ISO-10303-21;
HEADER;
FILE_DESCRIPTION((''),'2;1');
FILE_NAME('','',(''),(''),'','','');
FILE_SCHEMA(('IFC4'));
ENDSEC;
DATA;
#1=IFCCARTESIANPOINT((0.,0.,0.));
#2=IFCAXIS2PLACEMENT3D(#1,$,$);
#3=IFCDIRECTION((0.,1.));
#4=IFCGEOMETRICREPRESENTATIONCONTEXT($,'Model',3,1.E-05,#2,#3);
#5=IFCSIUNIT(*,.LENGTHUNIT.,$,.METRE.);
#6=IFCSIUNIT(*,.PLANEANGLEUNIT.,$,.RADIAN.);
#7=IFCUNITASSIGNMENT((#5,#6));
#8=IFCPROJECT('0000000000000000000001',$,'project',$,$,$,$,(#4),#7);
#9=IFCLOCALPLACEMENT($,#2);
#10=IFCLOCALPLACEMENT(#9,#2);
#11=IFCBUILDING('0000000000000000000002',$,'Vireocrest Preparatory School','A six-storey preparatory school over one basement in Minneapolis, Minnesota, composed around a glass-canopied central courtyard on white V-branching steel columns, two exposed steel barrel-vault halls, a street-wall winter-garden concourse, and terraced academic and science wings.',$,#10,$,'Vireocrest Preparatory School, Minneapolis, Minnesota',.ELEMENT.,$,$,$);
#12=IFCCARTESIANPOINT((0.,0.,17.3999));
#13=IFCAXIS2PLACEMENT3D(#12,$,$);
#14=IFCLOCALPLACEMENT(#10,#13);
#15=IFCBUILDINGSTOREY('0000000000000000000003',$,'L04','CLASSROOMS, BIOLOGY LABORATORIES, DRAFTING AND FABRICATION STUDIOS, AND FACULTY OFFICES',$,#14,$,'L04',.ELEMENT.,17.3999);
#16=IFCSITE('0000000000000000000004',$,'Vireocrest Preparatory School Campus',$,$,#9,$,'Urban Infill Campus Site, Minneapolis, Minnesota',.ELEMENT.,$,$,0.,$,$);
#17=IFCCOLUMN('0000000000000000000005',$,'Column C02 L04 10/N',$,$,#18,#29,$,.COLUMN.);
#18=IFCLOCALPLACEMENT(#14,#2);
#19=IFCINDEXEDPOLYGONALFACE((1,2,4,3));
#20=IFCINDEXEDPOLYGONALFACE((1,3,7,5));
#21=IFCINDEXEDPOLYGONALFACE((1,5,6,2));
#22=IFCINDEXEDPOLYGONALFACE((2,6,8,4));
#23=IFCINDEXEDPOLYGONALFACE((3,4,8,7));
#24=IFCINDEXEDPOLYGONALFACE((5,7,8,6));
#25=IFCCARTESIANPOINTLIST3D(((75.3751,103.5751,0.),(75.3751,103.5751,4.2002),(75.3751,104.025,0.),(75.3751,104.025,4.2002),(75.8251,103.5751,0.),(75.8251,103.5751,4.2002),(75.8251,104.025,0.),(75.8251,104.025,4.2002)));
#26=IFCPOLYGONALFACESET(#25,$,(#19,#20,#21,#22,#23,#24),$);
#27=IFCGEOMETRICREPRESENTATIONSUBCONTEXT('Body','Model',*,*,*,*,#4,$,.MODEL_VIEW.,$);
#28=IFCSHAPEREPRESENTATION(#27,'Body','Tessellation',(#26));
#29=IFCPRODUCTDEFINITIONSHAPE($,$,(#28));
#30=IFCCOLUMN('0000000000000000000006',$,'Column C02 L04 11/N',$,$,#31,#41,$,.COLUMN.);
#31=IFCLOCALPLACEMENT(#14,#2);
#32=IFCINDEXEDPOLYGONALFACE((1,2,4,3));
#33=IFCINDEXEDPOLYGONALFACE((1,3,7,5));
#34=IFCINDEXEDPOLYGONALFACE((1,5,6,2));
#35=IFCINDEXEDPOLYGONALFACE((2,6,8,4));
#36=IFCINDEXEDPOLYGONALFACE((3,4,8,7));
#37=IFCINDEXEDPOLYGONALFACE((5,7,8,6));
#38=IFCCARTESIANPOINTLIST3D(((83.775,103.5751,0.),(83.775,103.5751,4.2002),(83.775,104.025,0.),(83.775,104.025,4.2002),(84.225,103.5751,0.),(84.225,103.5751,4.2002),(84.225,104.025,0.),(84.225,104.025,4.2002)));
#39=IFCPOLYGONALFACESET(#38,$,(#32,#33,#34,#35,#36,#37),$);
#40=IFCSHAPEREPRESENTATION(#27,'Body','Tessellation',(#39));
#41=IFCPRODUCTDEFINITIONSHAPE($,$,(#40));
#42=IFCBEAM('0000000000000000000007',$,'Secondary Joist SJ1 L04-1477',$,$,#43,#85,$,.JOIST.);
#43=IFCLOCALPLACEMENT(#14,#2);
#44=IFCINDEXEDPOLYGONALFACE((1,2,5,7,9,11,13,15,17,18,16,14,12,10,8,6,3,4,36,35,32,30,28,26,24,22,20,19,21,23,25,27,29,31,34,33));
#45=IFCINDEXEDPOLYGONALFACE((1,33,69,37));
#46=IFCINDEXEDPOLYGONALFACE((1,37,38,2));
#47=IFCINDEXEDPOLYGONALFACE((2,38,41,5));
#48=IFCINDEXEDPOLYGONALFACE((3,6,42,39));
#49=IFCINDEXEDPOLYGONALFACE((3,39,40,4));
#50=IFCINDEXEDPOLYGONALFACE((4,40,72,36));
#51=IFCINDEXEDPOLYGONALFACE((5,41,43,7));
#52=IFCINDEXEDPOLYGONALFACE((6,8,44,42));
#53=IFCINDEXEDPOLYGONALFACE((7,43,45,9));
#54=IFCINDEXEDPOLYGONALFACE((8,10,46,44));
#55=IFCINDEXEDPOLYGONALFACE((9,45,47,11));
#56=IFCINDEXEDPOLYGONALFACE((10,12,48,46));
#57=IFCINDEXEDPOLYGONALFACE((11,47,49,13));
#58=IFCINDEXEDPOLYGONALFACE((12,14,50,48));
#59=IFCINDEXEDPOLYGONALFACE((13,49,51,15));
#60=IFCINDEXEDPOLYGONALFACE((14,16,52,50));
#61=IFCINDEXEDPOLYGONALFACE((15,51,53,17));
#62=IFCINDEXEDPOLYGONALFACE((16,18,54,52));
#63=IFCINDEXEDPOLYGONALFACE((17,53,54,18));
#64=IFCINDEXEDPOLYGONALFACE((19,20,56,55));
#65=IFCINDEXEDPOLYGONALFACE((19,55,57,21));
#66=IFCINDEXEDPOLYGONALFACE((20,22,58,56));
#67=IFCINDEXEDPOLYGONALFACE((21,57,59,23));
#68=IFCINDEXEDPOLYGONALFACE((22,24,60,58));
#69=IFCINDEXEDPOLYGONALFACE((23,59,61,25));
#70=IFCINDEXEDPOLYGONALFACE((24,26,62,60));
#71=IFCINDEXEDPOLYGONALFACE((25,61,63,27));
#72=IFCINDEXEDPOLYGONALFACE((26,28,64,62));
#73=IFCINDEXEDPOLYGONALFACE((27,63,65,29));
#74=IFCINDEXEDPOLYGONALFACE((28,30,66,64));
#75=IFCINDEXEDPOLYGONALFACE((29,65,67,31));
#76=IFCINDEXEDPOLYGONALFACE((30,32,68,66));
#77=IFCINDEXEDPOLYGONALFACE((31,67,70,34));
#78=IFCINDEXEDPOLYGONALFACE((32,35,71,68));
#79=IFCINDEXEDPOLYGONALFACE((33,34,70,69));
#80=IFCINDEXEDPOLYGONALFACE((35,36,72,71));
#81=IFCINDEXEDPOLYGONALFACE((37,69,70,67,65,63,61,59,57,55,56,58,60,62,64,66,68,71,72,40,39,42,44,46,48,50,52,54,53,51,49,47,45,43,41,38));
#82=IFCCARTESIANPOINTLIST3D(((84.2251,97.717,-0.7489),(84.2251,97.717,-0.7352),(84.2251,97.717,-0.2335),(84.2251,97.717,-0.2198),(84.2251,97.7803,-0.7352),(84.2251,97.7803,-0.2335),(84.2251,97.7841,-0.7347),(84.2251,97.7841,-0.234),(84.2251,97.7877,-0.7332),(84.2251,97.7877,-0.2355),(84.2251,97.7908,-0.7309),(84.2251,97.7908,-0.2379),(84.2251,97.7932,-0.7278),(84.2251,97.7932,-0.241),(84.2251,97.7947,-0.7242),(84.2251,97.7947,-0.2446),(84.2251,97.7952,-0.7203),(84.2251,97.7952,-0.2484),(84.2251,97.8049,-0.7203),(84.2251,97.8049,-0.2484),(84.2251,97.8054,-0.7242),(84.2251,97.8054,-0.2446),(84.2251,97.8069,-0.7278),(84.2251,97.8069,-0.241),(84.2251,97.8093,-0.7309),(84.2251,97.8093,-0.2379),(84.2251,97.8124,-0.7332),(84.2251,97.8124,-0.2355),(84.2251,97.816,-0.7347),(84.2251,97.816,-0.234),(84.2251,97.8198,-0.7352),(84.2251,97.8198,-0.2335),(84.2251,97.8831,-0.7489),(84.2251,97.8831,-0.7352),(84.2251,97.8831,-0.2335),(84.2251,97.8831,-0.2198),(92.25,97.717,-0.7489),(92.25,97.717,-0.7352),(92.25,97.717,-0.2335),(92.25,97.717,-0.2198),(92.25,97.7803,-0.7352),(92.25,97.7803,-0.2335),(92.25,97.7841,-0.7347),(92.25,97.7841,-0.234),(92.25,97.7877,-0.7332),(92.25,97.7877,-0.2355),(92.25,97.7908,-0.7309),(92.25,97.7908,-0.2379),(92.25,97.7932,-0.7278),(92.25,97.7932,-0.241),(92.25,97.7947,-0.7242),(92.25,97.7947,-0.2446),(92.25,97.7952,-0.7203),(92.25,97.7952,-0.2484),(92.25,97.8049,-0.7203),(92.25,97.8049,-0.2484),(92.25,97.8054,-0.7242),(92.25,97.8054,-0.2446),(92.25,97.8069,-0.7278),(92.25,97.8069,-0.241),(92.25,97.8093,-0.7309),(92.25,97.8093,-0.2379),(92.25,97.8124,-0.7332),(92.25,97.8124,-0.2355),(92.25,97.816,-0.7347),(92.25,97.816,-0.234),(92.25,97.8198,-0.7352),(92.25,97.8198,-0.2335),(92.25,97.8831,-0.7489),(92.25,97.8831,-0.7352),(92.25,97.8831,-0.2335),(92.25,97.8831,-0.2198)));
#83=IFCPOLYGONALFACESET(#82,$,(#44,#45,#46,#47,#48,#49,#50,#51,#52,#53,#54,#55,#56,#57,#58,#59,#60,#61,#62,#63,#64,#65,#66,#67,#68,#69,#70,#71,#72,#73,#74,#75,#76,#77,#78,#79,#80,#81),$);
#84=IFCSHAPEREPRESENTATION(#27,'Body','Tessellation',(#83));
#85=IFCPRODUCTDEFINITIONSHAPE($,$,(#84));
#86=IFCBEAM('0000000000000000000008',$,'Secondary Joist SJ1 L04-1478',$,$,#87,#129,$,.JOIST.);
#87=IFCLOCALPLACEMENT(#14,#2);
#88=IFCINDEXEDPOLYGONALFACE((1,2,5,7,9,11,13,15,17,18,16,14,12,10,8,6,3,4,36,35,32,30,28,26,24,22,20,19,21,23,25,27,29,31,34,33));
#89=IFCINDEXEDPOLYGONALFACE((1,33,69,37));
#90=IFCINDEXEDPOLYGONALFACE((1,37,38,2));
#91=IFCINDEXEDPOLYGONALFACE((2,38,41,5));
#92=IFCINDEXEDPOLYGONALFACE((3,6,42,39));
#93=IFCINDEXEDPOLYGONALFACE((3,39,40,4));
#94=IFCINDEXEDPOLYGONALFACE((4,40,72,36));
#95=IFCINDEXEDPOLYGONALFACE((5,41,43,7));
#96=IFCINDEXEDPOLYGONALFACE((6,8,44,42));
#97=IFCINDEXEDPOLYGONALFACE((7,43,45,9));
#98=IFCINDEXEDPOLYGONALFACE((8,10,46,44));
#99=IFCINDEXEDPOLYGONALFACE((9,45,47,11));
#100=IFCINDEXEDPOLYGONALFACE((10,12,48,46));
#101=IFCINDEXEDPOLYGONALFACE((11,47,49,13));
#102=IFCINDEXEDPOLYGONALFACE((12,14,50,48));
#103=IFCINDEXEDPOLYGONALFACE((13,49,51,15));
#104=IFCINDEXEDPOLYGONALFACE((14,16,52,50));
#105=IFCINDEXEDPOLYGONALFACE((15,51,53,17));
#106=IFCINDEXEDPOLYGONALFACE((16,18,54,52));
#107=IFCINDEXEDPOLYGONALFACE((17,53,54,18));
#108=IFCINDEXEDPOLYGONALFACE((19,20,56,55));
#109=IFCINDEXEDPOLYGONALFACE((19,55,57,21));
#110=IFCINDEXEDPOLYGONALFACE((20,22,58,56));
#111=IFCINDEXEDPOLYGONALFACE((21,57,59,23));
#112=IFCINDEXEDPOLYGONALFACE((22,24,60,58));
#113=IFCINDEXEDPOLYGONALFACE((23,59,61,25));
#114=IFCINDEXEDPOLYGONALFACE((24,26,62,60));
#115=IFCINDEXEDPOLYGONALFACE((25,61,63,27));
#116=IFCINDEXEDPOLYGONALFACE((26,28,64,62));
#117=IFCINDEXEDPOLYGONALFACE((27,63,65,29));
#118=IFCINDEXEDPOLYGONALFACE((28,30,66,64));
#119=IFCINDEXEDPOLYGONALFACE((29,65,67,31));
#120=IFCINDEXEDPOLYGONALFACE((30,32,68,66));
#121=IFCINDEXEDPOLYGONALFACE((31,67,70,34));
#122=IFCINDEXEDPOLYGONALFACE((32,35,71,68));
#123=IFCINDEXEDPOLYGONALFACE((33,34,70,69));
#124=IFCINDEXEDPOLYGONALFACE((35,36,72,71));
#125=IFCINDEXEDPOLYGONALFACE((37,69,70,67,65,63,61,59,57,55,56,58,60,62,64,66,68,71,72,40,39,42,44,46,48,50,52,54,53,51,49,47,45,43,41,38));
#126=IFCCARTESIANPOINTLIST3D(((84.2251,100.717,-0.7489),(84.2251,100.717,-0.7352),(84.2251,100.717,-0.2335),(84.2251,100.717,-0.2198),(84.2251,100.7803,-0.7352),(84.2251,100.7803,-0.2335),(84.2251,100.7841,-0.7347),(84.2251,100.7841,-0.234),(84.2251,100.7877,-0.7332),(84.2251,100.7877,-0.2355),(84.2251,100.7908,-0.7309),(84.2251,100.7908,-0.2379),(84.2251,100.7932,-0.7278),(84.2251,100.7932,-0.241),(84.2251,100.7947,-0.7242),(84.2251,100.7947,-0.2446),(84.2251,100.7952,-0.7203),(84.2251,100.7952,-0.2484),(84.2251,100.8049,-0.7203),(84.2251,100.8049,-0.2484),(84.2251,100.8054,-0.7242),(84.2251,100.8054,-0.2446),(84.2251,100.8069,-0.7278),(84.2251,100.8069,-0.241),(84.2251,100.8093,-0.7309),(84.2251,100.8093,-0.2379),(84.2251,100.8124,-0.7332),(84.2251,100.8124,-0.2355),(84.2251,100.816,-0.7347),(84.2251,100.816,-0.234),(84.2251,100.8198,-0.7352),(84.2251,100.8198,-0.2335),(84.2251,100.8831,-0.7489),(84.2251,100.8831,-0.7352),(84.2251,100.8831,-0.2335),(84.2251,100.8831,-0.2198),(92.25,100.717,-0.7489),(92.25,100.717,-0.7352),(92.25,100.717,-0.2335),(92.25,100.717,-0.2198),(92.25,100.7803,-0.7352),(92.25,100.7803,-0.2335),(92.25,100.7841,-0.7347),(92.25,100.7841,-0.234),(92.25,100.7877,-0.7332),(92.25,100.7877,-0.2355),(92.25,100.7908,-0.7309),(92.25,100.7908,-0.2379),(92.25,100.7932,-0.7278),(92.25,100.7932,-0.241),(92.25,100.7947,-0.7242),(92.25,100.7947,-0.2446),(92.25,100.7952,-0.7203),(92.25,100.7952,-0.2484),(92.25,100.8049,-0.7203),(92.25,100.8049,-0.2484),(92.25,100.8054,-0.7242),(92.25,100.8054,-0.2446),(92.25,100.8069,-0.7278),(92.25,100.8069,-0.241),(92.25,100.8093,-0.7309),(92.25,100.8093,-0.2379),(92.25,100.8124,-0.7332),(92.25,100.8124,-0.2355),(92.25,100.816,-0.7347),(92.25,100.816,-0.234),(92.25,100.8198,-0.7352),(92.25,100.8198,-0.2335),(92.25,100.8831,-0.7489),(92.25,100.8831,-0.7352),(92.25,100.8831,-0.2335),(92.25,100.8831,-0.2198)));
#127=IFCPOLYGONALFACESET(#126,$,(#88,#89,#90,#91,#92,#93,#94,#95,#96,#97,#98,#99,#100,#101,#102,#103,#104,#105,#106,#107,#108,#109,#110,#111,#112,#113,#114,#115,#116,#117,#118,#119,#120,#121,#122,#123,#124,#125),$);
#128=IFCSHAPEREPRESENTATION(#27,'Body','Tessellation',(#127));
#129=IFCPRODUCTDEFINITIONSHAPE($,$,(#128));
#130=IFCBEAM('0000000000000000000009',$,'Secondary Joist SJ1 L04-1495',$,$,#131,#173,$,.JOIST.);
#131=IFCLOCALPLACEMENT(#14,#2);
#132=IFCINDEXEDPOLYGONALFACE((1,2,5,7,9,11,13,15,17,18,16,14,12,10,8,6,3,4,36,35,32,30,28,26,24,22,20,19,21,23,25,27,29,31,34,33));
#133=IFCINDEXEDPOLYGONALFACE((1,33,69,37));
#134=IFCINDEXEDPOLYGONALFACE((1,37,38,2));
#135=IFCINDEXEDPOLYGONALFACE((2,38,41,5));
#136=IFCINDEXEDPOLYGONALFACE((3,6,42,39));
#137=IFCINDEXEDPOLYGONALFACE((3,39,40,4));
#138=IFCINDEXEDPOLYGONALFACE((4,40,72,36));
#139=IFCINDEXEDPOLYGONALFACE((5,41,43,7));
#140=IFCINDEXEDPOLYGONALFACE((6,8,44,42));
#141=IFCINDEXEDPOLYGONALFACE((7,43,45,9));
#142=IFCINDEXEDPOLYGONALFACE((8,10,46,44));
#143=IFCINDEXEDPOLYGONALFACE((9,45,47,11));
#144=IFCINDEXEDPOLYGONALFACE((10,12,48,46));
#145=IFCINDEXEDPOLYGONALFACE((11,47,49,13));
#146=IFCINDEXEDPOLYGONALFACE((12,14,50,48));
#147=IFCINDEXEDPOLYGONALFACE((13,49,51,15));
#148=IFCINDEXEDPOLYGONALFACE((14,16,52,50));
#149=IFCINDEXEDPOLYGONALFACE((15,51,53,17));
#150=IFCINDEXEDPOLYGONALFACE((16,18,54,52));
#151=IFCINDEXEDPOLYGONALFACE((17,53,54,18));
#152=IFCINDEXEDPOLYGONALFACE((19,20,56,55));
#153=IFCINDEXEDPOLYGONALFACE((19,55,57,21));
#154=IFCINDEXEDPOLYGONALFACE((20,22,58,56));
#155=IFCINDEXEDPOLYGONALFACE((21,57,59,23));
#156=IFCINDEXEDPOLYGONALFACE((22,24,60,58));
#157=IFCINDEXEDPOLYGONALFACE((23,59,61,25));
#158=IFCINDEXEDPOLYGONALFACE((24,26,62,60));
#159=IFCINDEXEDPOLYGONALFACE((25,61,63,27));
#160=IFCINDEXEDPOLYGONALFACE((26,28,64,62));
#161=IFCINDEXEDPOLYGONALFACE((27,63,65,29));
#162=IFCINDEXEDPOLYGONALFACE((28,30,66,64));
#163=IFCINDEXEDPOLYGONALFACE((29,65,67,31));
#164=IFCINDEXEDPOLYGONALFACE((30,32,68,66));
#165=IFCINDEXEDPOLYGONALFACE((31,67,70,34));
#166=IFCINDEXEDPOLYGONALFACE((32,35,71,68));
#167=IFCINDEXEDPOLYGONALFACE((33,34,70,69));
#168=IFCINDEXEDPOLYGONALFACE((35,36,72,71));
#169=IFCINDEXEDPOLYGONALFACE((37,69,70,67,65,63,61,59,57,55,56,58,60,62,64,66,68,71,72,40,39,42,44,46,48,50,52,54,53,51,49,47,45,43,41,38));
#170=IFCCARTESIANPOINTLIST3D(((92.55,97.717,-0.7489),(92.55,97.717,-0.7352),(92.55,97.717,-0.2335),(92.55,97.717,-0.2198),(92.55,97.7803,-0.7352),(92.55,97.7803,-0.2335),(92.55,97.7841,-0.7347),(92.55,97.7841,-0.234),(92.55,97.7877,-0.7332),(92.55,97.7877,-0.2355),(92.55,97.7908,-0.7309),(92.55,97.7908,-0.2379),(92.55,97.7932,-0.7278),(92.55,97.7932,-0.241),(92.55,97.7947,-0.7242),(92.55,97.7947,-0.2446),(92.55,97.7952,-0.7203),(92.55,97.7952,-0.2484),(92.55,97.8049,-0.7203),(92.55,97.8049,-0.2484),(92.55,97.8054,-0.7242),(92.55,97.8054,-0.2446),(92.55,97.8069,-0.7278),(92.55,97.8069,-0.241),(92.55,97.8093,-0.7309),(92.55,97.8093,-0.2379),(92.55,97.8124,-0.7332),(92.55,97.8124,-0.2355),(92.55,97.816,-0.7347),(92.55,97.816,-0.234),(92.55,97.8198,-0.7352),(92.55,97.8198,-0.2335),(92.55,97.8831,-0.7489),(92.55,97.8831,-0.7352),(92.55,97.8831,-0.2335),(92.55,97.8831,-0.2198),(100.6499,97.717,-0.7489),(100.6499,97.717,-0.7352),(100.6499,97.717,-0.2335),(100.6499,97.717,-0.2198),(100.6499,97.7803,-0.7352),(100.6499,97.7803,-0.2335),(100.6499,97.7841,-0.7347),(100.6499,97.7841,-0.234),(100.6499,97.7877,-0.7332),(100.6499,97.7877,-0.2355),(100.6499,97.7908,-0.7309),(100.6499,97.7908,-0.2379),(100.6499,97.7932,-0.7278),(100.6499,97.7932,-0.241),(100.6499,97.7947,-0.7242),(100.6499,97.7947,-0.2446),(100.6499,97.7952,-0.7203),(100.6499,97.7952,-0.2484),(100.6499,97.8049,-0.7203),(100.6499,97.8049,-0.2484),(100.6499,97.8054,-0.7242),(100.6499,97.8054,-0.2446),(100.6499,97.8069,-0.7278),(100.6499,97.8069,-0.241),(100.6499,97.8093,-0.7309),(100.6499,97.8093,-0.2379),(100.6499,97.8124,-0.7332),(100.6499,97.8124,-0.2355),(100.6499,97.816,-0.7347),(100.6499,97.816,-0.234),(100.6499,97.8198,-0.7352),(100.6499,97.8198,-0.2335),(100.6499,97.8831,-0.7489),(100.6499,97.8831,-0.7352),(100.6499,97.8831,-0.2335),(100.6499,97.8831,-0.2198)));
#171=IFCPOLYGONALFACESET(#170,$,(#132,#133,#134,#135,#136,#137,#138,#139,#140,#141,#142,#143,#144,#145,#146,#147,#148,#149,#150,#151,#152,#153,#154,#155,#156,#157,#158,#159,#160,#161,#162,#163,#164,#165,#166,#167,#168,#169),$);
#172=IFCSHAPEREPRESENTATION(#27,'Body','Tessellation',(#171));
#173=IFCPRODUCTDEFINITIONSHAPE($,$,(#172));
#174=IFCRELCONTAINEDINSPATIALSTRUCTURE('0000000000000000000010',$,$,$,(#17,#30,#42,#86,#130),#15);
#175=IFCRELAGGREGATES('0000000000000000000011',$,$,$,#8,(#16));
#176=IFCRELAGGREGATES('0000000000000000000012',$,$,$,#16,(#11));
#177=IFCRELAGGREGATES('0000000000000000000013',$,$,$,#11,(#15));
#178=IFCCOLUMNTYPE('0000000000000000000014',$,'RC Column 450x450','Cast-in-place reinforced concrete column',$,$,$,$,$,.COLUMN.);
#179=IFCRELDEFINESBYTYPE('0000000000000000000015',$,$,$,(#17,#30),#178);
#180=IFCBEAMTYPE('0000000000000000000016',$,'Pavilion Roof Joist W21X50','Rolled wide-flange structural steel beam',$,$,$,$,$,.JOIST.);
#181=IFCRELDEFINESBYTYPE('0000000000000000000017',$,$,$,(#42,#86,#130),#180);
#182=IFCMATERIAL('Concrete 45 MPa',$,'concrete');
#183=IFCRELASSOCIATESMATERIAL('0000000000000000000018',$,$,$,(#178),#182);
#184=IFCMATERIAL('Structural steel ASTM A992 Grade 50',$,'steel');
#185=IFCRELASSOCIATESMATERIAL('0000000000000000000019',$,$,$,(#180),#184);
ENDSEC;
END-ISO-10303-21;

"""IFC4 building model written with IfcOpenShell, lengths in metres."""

from ifc_helpers import new_model, si_unit, direction, frame, origin, origin_2d, place, context, subcontext, project, spatial, rectangle, i_section, extrude, material, material_profile, profile_set, type_object, element, save


model = new_model("IFC4")

# Units and contexts
model_context = context("Model", 3, precision=1e-05, world=origin(), true_north=direction((0.0, 1.0)))
body_context = subcontext(model_context, "Body", "Model", "MODEL_VIEW")
ifc_project = project(units=[si_unit("LENGTHUNIT", "METRE"), si_unit("PLANEANGLEUNIT", "RADIAN")], contexts=[model_context])

# Site, building, storey
site_placement = place(None, origin())
site = spatial("IfcSite", under=ifc_project, at=site_placement, Name="Vireocrest Preparatory School Campus", LongName="Urban Infill Campus Site, Minneapolis, Minnesota", CompositionType="ELEMENT", RefElevation=0.0)
building_placement = place(site_placement, origin())
building = spatial("IfcBuilding", under=site, at=building_placement, Name="Vireocrest Preparatory School", Description="A six-storey preparatory school over one basement in Minneapolis, Minnesota, composed around a glass-canopied central courtyard on white V-branching steel columns, two exposed steel barrel-vault halls, a street-wall winter-garden concourse, and terraced academic and science wings.", LongName="Vireocrest Preparatory School, Minneapolis, Minnesota", CompositionType="ELEMENT")
storey_placement = place(building_placement, frame((0.0, 0.0, 17.3999)))
storey = spatial("IfcBuildingStorey", under=building, at=storey_placement, Name="L04", Description="CLASSROOMS, BIOLOGY LABORATORIES, DRAFTING AND FABRICATION STUDIOS, AND FACULTY OFFICES", LongName="L04", CompositionType="ELEMENT", Elevation=17.3999)

# Columns
ifc_material_1 = material(Name="Concrete 45 MPa", Category="concrete")
ifc_material_profile_1 = material_profile(ifc_material_1, rectangle(XDim=0.45, YDim=0.45, at=origin_2d()), Name="RC 450x450")
ifc_profile_set_1 = profile_set([ifc_material_profile_1], Name="Concrete 45 MPa")
column_type = type_object("IfcColumnType", Name="RC Column 450x450", Description="Cast-in-place reinforced concrete column", PredefinedType="COLUMN", material=ifc_profile_set_1)
for number, where, z_axis, x_axis, name in (
    (1, (75.6001, 103.8, 0.0), (0.0, 0.0, 1.0), (1.0, 0.0, 0.0), "Column C02 L04 10/N"),
    (2, (84.0, 103.8, 0.0), (0.0, 0.0, 1.0), (1.0, 0.0, 0.0), "Column C02 L04 11/N"),
):
    element("IfcColumn", number, at=place(storey_placement, frame(where, z_axis=z_axis, x_axis=x_axis)), inside=storey, type_object=column_type, Name=name, PredefinedType="COLUMN", context=body_context, shape_type="SweptSolid", body=[
        extrude(rectangle(XDim=0.45, YDim=0.45, at=origin_2d()), origin(), (0.0, 0.0, 1.0), 4.2002),
    ])

# Beams
ifc_material_2 = material(Name="Structural steel ASTM A992 Grade 50", Category="steel")
ifc_material_profile_2 = material_profile(ifc_material_2, i_section(OverallWidth=0.166, OverallDepth=0.5291, WebThickness=0.0098, FlangeThickness=0.0137, FilletRadius=0.0149, at=origin_2d()), Name="W21X50")
ifc_profile_set_2 = profile_set([ifc_material_profile_2], Name="Structural steel ASTM A992 Grade 50")
beam_type_1 = type_object("IfcBeamType", Name="Pavilion Roof Joist W21X50", Description="Rolled wide-flange structural steel beam", PredefinedType="JOIST", material=ifc_profile_set_2)
for number, where, z_axis, x_axis, name in (
    (3, (84.2251, 97.8, -0.4844), (1.0, 0.0, 0.0), (0.0, 1.0, 0.0), "Secondary Joist SJ1 L04-1477"),
    (4, (84.2251, 100.8, -0.4844), (1.0, 0.0, 0.0), (0.0, 1.0, 0.0), "Secondary Joist SJ1 L04-1478"),
):
    element("IfcBeam", number, at=place(storey_placement, frame(where, z_axis=z_axis, x_axis=x_axis)), inside=storey, type_object=beam_type_1, Name=name, PredefinedType="JOIST", context=body_context, shape_type="SweptSolid", body=[
        extrude(i_section(OverallWidth=0.166, OverallDepth=0.5291, WebThickness=0.0098, FlangeThickness=0.0137, FilletRadius=0.0149, at=origin_2d()), origin(), (0.0, 0.0, 1.0), 8.0249),
    ])
for number, where, z_axis, x_axis, name in (
    (5, (92.55, 97.8, -0.4844), (1.0, 0.0, 0.0), (0.0, 1.0, 0.0), "Secondary Joist SJ1 L04-1495"),
):
    element("IfcBeam", number, at=place(storey_placement, frame(where, z_axis=z_axis, x_axis=x_axis)), inside=storey, type_object=beam_type_1, Name=name, PredefinedType="JOIST", context=body_context, shape_type="SweptSolid", body=[
        extrude(i_section(OverallWidth=0.166, OverallDepth=0.5291, WebThickness=0.0098, FlangeThickness=0.0137, FilletRadius=0.0149, at=origin_2d()), origin(), (0.0, 0.0, 1.0), 8.0999),
    ])

save(model, "model.ifc")
